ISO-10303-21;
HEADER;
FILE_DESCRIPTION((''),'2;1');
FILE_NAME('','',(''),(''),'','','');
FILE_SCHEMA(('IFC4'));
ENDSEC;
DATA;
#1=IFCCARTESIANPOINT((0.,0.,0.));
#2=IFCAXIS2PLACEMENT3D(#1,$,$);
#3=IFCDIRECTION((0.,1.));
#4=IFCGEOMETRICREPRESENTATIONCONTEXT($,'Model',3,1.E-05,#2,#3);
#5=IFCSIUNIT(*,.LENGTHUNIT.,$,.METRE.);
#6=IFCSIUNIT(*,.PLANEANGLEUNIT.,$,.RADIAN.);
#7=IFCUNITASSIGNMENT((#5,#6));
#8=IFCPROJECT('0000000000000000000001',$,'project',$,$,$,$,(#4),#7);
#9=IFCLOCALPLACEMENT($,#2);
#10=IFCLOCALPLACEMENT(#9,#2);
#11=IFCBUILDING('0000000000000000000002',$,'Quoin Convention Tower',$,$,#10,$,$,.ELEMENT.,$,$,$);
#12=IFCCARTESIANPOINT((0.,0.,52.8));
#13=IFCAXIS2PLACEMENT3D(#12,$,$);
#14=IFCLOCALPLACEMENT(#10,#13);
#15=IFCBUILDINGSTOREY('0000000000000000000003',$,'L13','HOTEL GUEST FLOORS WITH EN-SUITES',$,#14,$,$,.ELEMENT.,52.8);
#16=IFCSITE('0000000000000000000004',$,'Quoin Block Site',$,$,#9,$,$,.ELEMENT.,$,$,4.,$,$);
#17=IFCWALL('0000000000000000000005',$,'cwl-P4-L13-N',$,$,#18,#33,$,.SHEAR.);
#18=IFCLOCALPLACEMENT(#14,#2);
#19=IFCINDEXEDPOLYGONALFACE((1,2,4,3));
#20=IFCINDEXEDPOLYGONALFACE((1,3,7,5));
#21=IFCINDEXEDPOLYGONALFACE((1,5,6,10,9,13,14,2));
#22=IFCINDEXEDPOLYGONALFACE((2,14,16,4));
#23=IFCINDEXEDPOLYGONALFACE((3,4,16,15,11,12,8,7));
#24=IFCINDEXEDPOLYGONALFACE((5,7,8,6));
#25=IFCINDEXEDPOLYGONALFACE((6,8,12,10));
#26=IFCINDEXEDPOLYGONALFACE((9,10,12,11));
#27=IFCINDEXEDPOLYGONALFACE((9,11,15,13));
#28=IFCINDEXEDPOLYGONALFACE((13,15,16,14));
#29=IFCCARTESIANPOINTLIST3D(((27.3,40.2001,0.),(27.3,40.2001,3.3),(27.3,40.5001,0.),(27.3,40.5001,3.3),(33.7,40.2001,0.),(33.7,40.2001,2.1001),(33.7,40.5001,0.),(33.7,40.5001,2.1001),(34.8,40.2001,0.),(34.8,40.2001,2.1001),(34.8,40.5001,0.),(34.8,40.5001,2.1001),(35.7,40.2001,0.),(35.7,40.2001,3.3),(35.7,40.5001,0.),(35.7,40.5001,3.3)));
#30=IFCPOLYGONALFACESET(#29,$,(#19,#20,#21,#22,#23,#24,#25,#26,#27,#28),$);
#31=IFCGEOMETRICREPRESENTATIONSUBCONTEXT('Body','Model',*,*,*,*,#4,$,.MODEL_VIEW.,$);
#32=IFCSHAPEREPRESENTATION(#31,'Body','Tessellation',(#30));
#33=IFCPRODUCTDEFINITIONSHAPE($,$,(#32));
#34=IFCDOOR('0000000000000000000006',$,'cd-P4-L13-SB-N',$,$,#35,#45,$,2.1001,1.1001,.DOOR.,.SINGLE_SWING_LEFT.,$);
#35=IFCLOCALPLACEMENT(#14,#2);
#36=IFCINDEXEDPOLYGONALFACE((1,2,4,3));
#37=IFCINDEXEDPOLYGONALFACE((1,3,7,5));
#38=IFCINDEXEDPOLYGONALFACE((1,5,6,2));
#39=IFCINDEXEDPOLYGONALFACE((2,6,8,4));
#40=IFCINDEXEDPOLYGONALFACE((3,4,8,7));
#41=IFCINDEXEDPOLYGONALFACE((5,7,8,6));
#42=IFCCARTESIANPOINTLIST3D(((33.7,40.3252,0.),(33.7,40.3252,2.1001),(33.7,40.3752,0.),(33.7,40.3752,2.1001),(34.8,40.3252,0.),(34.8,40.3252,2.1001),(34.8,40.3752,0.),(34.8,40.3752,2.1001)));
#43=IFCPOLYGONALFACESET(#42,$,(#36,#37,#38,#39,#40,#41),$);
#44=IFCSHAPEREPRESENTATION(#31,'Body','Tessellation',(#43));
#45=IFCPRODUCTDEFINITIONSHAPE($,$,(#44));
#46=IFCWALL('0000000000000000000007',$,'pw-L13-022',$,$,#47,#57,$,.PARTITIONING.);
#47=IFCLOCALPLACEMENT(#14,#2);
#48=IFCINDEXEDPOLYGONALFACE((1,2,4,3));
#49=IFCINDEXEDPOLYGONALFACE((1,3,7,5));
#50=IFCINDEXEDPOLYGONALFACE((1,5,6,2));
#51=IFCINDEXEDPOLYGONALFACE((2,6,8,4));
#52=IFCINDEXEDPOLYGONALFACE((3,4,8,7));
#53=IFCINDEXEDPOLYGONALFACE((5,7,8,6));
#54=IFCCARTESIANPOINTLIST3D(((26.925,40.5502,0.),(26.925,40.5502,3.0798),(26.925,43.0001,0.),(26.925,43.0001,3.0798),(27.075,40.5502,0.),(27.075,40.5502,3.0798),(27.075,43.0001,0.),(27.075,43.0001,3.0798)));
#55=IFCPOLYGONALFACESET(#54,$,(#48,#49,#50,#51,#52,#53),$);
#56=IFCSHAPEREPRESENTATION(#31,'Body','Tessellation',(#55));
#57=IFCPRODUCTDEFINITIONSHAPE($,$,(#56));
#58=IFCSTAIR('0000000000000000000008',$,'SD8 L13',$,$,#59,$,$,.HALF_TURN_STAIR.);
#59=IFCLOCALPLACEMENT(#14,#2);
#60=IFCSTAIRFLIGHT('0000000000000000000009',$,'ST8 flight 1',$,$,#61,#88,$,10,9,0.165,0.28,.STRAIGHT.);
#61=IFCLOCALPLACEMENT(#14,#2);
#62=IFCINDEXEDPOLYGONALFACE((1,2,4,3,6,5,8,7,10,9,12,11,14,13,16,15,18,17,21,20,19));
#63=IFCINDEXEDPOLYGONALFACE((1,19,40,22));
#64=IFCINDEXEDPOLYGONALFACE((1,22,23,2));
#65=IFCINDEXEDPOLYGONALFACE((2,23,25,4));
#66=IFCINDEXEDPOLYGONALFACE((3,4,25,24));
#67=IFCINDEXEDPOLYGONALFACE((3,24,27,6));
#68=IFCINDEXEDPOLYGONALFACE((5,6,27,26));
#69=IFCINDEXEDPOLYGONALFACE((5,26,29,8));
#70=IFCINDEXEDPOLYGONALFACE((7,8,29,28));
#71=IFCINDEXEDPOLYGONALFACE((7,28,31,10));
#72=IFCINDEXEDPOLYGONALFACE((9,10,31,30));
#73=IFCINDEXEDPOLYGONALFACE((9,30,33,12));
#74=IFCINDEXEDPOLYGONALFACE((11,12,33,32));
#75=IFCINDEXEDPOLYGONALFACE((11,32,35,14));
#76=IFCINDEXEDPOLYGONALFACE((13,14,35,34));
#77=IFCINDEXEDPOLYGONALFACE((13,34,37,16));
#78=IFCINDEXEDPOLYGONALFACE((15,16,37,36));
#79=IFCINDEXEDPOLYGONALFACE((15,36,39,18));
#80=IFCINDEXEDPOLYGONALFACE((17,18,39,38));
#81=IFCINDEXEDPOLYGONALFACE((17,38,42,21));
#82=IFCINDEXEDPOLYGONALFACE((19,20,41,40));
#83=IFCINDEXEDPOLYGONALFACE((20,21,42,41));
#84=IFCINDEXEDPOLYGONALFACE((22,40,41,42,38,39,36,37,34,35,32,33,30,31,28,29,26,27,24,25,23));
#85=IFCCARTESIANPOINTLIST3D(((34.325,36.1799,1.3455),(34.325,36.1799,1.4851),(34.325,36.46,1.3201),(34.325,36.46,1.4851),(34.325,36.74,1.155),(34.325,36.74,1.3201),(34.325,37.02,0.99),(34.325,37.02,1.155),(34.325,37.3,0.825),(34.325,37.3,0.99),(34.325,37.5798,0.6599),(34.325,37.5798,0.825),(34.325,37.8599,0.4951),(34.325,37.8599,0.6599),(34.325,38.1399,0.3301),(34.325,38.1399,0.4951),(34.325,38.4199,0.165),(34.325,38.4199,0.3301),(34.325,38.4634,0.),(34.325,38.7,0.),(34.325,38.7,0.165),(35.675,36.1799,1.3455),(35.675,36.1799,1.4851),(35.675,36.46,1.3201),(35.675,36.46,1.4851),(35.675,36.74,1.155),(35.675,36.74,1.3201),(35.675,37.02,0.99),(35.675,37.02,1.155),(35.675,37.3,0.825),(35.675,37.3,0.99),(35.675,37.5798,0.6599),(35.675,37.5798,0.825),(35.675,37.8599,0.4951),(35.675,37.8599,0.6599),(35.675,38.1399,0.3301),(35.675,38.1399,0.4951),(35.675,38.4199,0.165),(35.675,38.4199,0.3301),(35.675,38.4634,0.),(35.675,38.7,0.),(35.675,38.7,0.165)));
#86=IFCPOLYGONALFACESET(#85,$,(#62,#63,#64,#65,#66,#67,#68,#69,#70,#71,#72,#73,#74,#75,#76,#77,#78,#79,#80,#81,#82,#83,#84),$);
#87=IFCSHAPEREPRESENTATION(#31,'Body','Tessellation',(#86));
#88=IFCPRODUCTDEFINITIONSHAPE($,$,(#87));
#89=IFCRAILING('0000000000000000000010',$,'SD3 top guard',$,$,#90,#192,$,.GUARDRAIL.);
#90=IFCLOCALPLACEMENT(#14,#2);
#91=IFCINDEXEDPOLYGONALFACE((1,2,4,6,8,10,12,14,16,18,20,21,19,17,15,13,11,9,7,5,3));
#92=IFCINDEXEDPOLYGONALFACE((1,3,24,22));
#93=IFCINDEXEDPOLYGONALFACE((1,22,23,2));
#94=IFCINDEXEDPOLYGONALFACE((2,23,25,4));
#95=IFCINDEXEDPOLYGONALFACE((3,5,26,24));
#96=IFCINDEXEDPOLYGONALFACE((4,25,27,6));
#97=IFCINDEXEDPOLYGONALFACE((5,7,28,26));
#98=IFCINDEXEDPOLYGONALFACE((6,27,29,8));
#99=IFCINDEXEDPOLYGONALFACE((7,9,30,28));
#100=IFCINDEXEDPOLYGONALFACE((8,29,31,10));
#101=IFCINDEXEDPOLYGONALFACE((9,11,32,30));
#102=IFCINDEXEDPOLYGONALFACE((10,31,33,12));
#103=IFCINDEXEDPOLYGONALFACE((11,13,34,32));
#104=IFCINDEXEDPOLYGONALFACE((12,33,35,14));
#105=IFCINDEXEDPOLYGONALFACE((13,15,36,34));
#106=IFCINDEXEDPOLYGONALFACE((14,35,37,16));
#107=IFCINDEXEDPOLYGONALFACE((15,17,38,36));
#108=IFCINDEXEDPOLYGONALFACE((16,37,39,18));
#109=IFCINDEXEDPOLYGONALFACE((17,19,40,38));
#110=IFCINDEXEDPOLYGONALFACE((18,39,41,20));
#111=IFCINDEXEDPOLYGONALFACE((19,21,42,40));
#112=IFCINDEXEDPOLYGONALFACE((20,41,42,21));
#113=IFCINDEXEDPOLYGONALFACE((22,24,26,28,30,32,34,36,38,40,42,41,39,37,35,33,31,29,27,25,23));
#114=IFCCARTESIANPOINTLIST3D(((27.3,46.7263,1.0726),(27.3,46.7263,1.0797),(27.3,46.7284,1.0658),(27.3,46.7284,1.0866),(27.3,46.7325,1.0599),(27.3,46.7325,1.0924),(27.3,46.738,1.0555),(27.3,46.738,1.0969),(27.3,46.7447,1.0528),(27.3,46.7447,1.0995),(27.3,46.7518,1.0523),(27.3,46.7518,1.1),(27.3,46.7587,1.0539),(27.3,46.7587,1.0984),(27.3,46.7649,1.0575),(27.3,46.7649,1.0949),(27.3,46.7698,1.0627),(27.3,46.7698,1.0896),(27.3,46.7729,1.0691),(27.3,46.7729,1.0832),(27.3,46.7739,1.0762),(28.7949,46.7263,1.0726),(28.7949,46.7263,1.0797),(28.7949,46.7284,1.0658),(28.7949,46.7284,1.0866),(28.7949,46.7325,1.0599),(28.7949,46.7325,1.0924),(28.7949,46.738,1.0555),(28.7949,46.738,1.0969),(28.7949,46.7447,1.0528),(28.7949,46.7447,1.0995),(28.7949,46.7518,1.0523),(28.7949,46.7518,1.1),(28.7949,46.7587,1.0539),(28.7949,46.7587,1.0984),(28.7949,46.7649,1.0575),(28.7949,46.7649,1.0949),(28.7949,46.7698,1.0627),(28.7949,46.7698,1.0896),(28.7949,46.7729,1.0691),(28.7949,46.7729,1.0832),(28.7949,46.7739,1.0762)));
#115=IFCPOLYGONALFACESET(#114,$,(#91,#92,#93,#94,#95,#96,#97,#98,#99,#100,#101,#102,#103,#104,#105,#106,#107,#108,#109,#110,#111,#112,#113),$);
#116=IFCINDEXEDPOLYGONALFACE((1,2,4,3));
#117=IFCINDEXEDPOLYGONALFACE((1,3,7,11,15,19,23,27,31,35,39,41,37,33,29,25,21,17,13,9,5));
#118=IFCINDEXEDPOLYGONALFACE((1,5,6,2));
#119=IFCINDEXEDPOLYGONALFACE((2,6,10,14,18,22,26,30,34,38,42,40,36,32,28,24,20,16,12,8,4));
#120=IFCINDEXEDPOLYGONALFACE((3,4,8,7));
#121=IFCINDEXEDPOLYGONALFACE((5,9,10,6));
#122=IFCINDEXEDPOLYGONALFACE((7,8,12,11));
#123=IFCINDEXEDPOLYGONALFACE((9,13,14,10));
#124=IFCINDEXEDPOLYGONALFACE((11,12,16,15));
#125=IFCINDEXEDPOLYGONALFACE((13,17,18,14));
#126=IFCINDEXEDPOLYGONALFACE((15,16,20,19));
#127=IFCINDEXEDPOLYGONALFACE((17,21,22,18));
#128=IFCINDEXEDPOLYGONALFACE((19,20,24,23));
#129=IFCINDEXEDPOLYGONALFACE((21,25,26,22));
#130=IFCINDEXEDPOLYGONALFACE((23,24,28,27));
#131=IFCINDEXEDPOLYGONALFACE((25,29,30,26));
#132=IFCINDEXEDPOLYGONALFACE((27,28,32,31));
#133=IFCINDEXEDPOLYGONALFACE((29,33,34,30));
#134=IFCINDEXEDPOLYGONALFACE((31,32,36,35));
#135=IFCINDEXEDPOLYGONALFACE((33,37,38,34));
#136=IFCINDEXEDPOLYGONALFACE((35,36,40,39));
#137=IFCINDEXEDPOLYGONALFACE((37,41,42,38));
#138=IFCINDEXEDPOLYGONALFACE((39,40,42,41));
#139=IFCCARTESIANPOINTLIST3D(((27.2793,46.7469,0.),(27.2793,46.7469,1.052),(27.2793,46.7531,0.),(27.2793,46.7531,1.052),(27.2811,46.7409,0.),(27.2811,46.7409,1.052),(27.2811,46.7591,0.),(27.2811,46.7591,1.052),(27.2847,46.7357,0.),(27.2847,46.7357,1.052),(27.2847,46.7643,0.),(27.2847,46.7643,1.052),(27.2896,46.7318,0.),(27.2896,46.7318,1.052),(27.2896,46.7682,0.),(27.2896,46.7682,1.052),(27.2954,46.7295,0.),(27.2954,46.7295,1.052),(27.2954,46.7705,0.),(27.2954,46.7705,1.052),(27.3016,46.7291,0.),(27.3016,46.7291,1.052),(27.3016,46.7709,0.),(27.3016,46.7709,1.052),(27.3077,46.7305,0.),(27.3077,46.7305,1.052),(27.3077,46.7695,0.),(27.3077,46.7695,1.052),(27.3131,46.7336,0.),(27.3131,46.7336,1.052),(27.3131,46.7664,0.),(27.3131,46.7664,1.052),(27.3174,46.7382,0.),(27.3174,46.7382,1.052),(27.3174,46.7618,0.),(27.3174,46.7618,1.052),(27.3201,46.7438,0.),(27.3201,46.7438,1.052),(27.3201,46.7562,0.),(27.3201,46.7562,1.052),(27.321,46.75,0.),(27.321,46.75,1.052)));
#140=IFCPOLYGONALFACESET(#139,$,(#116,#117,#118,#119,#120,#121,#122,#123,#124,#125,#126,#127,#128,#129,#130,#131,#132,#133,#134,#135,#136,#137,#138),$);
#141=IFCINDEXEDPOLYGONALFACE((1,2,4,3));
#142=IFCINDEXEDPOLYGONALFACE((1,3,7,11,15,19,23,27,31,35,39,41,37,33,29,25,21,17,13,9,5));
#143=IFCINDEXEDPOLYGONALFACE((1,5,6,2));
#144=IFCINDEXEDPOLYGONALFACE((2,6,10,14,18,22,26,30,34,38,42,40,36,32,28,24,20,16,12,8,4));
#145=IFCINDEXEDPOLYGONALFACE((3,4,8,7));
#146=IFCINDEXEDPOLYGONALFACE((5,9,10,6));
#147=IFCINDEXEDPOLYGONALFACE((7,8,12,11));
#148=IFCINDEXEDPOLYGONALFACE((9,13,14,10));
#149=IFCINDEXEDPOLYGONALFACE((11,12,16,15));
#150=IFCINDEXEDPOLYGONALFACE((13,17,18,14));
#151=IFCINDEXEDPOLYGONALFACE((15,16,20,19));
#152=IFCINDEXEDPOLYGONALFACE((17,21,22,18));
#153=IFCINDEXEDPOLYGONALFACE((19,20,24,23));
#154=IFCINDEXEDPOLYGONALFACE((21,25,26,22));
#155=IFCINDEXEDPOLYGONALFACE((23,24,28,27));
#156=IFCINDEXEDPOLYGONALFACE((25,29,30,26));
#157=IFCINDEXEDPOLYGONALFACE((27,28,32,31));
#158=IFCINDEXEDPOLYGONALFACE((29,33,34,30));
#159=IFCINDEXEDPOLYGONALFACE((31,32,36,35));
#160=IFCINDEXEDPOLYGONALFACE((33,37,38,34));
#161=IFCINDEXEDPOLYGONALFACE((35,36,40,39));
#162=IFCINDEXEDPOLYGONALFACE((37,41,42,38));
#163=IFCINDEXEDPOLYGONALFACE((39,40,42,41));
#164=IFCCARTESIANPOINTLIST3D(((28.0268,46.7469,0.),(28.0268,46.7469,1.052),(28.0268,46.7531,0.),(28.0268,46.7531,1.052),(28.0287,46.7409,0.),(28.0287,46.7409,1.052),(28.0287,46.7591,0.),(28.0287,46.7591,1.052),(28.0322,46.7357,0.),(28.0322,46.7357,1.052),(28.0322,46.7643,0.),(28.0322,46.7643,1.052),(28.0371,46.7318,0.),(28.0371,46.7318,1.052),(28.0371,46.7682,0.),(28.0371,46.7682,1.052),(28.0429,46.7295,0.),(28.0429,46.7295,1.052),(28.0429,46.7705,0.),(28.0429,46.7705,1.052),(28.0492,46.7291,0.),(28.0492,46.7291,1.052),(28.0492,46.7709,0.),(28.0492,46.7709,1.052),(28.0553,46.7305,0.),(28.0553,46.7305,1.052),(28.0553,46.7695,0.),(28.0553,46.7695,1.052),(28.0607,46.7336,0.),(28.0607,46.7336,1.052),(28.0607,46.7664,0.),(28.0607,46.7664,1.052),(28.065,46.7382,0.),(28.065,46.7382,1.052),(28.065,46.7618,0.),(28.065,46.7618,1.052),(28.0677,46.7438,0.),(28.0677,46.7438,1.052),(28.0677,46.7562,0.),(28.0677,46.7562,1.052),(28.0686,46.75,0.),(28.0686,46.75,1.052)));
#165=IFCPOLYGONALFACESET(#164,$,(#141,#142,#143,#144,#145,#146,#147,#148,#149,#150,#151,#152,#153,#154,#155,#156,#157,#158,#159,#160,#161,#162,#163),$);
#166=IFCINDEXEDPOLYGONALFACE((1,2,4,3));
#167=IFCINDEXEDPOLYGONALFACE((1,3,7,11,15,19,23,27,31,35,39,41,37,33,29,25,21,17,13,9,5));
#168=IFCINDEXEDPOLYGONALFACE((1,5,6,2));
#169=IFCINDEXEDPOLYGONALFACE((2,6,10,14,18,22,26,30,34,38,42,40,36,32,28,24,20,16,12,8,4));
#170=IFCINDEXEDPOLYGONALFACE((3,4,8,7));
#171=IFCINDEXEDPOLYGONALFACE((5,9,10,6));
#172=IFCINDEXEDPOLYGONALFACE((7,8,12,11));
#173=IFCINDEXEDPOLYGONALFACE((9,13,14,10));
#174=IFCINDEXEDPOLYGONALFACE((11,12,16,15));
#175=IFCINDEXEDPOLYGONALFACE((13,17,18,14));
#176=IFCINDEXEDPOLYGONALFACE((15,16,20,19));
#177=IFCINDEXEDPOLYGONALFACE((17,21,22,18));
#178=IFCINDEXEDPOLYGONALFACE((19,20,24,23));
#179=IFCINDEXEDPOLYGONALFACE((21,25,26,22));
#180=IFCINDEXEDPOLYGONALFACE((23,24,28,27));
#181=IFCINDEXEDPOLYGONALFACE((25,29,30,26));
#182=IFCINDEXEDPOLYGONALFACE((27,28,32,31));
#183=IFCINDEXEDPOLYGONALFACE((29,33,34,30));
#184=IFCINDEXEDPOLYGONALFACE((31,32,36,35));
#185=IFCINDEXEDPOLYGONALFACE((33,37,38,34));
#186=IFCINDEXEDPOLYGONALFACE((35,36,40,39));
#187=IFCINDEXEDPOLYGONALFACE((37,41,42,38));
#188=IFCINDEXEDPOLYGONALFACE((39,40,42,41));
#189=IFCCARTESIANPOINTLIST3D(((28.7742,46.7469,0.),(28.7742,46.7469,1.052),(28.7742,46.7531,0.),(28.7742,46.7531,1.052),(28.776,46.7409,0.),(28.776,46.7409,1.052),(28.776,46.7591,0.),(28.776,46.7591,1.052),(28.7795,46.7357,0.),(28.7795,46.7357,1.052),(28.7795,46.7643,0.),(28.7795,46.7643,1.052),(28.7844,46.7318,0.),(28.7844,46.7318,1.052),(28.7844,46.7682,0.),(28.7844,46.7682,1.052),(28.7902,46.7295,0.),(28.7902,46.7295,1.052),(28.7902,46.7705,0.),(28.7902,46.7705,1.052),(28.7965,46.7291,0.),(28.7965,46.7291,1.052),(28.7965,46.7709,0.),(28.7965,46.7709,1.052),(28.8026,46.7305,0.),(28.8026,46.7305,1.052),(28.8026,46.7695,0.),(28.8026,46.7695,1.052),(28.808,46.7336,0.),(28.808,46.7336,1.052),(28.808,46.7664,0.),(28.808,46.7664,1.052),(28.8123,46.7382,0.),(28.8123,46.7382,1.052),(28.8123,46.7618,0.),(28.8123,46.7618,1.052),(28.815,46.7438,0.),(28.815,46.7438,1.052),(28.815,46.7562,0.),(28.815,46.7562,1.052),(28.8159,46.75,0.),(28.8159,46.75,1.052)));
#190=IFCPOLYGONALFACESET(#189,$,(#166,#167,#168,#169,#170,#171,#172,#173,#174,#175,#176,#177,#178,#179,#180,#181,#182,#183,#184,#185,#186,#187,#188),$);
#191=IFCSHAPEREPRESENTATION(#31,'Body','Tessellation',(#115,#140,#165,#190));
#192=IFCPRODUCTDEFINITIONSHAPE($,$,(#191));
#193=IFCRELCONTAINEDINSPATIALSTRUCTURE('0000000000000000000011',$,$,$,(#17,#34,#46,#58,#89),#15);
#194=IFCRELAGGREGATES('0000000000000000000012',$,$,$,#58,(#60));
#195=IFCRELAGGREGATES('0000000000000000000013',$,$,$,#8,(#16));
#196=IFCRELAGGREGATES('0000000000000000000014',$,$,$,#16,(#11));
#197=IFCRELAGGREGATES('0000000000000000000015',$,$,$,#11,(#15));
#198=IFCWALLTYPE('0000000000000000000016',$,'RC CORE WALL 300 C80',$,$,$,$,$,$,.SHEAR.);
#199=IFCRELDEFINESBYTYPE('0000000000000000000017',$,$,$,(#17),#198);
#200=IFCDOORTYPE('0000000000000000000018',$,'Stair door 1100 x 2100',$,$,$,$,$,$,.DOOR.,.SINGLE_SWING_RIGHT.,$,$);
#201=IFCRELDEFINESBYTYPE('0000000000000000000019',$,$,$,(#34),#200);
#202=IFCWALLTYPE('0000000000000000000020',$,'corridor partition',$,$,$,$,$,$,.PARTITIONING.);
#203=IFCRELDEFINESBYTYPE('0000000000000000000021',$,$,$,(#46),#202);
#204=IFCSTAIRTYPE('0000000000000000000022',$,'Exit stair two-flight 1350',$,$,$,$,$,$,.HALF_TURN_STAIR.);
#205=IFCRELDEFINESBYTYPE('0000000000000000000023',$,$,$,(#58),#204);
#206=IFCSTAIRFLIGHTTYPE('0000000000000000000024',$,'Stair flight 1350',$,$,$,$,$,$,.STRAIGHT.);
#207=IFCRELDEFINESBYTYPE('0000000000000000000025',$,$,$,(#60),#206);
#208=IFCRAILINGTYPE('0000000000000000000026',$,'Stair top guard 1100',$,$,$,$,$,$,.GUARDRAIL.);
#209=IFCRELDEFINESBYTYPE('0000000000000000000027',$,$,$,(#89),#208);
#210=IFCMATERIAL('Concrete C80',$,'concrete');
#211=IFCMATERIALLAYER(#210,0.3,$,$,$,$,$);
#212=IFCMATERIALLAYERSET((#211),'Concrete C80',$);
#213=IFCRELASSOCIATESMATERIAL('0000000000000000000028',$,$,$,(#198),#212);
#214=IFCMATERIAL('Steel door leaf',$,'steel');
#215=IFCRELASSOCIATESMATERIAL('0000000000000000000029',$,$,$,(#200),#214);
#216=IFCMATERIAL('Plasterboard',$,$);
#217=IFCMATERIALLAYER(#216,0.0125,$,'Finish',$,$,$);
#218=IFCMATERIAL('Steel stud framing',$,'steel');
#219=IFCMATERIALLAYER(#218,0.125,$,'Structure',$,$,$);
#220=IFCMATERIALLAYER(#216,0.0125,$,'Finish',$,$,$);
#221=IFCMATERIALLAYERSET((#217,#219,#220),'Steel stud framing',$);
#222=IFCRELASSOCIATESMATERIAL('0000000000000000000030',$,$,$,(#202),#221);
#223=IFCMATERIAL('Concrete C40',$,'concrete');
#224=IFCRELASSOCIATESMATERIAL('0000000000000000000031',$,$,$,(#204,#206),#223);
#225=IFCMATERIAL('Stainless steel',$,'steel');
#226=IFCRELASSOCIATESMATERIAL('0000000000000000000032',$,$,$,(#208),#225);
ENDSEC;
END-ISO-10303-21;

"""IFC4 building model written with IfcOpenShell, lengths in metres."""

from ifc_helpers import new_model, si_unit, direction, frame, frame_2d, origin, origin_2d, place, context, subcontext, project, spatial, polyline, rectangle, circle, outline, extrude, material, layer, layer_set, type_object, element, fill, aggregate, save


model = new_model("IFC4")

# Units and contexts
model_context = context("Model", 3, precision=1e-05, world=origin(), true_north=direction((0.0, 1.0)))
body_context = subcontext(model_context, "Body", "Model", "MODEL_VIEW")
ifc_project = project(units=[si_unit("LENGTHUNIT", "METRE"), si_unit("PLANEANGLEUNIT", "RADIAN")], contexts=[model_context])

# Site, building, storey
site_placement = place(None, origin())
site = spatial("IfcSite", under=ifc_project, at=site_placement, Name="Quoin Block Site", CompositionType="ELEMENT", RefElevation=4.0)
building_placement = place(site_placement, origin())
building = spatial("IfcBuilding", under=site, at=building_placement, Name="Quoin Convention Tower", CompositionType="ELEMENT")
storey_placement = place(building_placement, frame((0.0, 0.0, 52.8)))
storey = spatial("IfcBuildingStorey", under=building, at=storey_placement, Name="L13", Description="HOTEL GUEST FLOORS WITH EN-SUITES", CompositionType="ELEMENT", Elevation=52.8)

# Shared definitions
ifc_material_1 = material(Name="Concrete C80", Category="concrete")

# Shared definitions
ifc_layer_1 = layer(ifc_material_1, 0.3)
ifc_layer_set_1 = layer_set([ifc_layer_1], Name="Concrete C80")
wall_type_1 = type_object("IfcWallType", Name="RC CORE WALL 300 C80", PredefinedType="SHEAR", material=ifc_layer_set_1)
ifc_material_2 = material(Name="Steel door leaf", Category="steel")
door_type_1 = type_object("IfcDoorType", Name="Stair door 1100 x 2100", OperationType="SINGLE_SWING_RIGHT", PredefinedType="DOOR", material=ifc_material_2)

# Wall, opening, door
wall_1_placement = place(storey_placement, frame((27.3, 40.3501, 0.0), z_axis=(0.0, 0.0, 1.0), x_axis=(1.0, 0.0, 0.0)))
wall_1 = element("IfcWall", 1, at=wall_1_placement, inside=storey, type_object=wall_type_1, Name="cwl-P4-L13-N", PredefinedType="SHEAR", context=body_context, shape_type="SweptSolid", body=[
    extrude(rectangle(XDim=8.3999, YDim=0.3, at=frame_2d((4.2, 0.0))), origin(), (0.0, 0.0, 1.0), 3.3),
])
opening_1_placement = place(wall_1_placement, frame((6.3999, 0.0, 0.0)))
opening_1 = element("IfcOpeningElement", 2, at=opening_1_placement, cuts=wall_1, PredefinedType="OPENING", context=body_context, shape_type="SweptSolid", body=[
    extrude(rectangle(XDim=1.1001, YDim=2.1001, at=frame_2d((0.55, 1.05))), frame((0.0, 0.1599, 0.0), z_axis=(0.0, -1.0, 0.0), x_axis=(1.0, 0.0, 0.0)), (0.0, 0.0, 1.0), 0.3201),
])
door_1_placement = place(opening_1_placement, frame((1.1001, 0.0, 0.0), z_axis=(0.0, 0.0, 1.0), x_axis=(-1.0, 0.0, 0.0)))
door_1 = element("IfcDoor", 3, at=door_1_placement, inside=storey, type_object=door_type_1, Name="cd-P4-L13-SB-N", OperationType="SINGLE_SWING_LEFT", OverallHeight=2.1001, OverallWidth=1.1001, PredefinedType="DOOR", context=body_context, shape_type="SweptSolid", body=[
    extrude(rectangle(XDim=1.1001, YDim=2.1001, at=frame_2d((0.55, 1.05))), frame((0.0, 0.0249, 0.0), z_axis=(0.0, -1.0, 0.0), x_axis=(1.0, 0.0, 0.0)), (0.0, 0.0, 1.0), 0.05),
])
fill(opening_1, door_1)

# Wall
ifc_material_3 = material(Name="Plasterboard")
ifc_layer_2 = layer(ifc_material_3, 0.0125, Name="Finish")
ifc_material_4 = material(Name="Steel stud framing", Category="steel")
ifc_layer_3 = layer(ifc_material_4, 0.125, Name="Structure")
ifc_layer_4 = layer(ifc_material_3, 0.0125, Name="Finish")
ifc_layer_set_2 = layer_set([ifc_layer_2, ifc_layer_3, ifc_layer_4], Name="Steel stud framing")
wall_type_2 = type_object("IfcWallType", Name="corridor partition", PredefinedType="PARTITIONING", material=ifc_layer_set_2)
wall_2_placement = place(storey_placement, frame((27.0, 40.55, 0.0), z_axis=(0.0, 0.0, 1.0), x_axis=(0.0, 1.0, 0.0)))
element("IfcWall", 4, at=wall_2_placement, inside=storey, type_object=wall_type_2, Name="pw-L13-022", PredefinedType="PARTITIONING", context=body_context, shape_type="SweptSolid", body=[
    extrude(rectangle(XDim=2.45, YDim=0.1499, at=frame_2d((1.2251, 0.0))), origin(), (0.0, 0.0, 1.0), 3.0798),
])

# Stair, stair flight
ifc_material_5 = material(Name="Concrete C40", Category="concrete")
stair_type = type_object("IfcStairType", Name="Exit stair two-flight 1350", PredefinedType="HALF_TURN_STAIR", material=ifc_material_5)
stair_placement = place(storey_placement, origin())
stair = element("IfcStair", 5, at=stair_placement, inside=storey, type_object=stair_type, Name="SD8 L13", PredefinedType="HALF_TURN_STAIR")
stair_flight_type = type_object("IfcStairFlightType", Name="Stair flight 1350", PredefinedType="STRAIGHT", material=ifc_material_5)
stair_flight_placement = place(storey_placement, frame((35.0, 38.7, 0.0), z_axis=(0.0, 0.0, 1.0), x_axis=(0.0, -1.0, 0.0)))
stair_flight = element("IfcStairFlight", 6, at=stair_flight_placement, type_object=stair_flight_type, Name="ST8 flight 1", NumberOfRisers=10, NumberOfTreads=9, PredefinedType="STRAIGHT", RiserHeight=0.165, TreadLength=0.28, context=body_context, shape_type="SweptSolid", body=[
    extrude(outline(polyline([(0.0, 0.0), (0.0, 0.165), (0.28, 0.165), (0.28, 0.3301), (0.5601, 0.3301), (0.5601, 0.4951), (0.8401, 0.4951), (0.8401, 0.6599), (1.1201, 0.6599), (1.1201, 0.825), (1.3999, 0.825), (1.3999, 0.99), (1.6799, 0.99), (1.6799, 1.155), (1.96, 1.155), (1.96, 1.3201), (2.24, 1.3201), (2.24, 1.4851), (2.52, 1.4851), (2.52, 1.6499), (2.52, 1.3455), (0.2366, 0.0), (0.0, 0.0)])), frame((0.0, 0.675, 0.0), z_axis=(0.0, -1.0, 0.0), x_axis=(1.0, 0.0, 0.0)), (0.0, 0.0, 1.0), 1.3501),
])
aggregate(stair, [stair_flight])

# Railing
ifc_material_6 = material(Name="Stainless steel", Category="steel")
railing_type_1 = type_object("IfcRailingType", Name="Stair top guard 1100", PredefinedType="GUARDRAIL", material=ifc_material_6)
railing_1_placement = place(storey_placement, frame((27.3, 46.75, 0.0)))
element("IfcRailing", 7, at=railing_1_placement, inside=storey, type_object=railing_type_1, Name="SD3 top guard", PredefinedType="GUARDRAIL", context=body_context, shape_type="SweptSolid", body=[
    extrude(circle(Radius=0.0239, at=origin_2d()), frame((0.0, 0.0, 1.0762), z_axis=(1.0, 0.0, 0.0), x_axis=(0.0, 1.0, 0.0)), (0.0, 0.0, 1.0), 1.4949),
    extrude(circle(Radius=0.021, at=origin_2d()), origin(), (0.0, 0.0, 1.0), 1.052),
    extrude(circle(Radius=0.021, at=origin_2d()), frame((0.7476, 0.0, 0.0)), (0.0, 0.0, 1.0), 1.052),
    extrude(circle(Radius=0.021, at=origin_2d()), frame((1.4949, 0.0, 0.0)), (0.0, 0.0, 1.0), 1.052),
])

save(model, "model.ifc")
